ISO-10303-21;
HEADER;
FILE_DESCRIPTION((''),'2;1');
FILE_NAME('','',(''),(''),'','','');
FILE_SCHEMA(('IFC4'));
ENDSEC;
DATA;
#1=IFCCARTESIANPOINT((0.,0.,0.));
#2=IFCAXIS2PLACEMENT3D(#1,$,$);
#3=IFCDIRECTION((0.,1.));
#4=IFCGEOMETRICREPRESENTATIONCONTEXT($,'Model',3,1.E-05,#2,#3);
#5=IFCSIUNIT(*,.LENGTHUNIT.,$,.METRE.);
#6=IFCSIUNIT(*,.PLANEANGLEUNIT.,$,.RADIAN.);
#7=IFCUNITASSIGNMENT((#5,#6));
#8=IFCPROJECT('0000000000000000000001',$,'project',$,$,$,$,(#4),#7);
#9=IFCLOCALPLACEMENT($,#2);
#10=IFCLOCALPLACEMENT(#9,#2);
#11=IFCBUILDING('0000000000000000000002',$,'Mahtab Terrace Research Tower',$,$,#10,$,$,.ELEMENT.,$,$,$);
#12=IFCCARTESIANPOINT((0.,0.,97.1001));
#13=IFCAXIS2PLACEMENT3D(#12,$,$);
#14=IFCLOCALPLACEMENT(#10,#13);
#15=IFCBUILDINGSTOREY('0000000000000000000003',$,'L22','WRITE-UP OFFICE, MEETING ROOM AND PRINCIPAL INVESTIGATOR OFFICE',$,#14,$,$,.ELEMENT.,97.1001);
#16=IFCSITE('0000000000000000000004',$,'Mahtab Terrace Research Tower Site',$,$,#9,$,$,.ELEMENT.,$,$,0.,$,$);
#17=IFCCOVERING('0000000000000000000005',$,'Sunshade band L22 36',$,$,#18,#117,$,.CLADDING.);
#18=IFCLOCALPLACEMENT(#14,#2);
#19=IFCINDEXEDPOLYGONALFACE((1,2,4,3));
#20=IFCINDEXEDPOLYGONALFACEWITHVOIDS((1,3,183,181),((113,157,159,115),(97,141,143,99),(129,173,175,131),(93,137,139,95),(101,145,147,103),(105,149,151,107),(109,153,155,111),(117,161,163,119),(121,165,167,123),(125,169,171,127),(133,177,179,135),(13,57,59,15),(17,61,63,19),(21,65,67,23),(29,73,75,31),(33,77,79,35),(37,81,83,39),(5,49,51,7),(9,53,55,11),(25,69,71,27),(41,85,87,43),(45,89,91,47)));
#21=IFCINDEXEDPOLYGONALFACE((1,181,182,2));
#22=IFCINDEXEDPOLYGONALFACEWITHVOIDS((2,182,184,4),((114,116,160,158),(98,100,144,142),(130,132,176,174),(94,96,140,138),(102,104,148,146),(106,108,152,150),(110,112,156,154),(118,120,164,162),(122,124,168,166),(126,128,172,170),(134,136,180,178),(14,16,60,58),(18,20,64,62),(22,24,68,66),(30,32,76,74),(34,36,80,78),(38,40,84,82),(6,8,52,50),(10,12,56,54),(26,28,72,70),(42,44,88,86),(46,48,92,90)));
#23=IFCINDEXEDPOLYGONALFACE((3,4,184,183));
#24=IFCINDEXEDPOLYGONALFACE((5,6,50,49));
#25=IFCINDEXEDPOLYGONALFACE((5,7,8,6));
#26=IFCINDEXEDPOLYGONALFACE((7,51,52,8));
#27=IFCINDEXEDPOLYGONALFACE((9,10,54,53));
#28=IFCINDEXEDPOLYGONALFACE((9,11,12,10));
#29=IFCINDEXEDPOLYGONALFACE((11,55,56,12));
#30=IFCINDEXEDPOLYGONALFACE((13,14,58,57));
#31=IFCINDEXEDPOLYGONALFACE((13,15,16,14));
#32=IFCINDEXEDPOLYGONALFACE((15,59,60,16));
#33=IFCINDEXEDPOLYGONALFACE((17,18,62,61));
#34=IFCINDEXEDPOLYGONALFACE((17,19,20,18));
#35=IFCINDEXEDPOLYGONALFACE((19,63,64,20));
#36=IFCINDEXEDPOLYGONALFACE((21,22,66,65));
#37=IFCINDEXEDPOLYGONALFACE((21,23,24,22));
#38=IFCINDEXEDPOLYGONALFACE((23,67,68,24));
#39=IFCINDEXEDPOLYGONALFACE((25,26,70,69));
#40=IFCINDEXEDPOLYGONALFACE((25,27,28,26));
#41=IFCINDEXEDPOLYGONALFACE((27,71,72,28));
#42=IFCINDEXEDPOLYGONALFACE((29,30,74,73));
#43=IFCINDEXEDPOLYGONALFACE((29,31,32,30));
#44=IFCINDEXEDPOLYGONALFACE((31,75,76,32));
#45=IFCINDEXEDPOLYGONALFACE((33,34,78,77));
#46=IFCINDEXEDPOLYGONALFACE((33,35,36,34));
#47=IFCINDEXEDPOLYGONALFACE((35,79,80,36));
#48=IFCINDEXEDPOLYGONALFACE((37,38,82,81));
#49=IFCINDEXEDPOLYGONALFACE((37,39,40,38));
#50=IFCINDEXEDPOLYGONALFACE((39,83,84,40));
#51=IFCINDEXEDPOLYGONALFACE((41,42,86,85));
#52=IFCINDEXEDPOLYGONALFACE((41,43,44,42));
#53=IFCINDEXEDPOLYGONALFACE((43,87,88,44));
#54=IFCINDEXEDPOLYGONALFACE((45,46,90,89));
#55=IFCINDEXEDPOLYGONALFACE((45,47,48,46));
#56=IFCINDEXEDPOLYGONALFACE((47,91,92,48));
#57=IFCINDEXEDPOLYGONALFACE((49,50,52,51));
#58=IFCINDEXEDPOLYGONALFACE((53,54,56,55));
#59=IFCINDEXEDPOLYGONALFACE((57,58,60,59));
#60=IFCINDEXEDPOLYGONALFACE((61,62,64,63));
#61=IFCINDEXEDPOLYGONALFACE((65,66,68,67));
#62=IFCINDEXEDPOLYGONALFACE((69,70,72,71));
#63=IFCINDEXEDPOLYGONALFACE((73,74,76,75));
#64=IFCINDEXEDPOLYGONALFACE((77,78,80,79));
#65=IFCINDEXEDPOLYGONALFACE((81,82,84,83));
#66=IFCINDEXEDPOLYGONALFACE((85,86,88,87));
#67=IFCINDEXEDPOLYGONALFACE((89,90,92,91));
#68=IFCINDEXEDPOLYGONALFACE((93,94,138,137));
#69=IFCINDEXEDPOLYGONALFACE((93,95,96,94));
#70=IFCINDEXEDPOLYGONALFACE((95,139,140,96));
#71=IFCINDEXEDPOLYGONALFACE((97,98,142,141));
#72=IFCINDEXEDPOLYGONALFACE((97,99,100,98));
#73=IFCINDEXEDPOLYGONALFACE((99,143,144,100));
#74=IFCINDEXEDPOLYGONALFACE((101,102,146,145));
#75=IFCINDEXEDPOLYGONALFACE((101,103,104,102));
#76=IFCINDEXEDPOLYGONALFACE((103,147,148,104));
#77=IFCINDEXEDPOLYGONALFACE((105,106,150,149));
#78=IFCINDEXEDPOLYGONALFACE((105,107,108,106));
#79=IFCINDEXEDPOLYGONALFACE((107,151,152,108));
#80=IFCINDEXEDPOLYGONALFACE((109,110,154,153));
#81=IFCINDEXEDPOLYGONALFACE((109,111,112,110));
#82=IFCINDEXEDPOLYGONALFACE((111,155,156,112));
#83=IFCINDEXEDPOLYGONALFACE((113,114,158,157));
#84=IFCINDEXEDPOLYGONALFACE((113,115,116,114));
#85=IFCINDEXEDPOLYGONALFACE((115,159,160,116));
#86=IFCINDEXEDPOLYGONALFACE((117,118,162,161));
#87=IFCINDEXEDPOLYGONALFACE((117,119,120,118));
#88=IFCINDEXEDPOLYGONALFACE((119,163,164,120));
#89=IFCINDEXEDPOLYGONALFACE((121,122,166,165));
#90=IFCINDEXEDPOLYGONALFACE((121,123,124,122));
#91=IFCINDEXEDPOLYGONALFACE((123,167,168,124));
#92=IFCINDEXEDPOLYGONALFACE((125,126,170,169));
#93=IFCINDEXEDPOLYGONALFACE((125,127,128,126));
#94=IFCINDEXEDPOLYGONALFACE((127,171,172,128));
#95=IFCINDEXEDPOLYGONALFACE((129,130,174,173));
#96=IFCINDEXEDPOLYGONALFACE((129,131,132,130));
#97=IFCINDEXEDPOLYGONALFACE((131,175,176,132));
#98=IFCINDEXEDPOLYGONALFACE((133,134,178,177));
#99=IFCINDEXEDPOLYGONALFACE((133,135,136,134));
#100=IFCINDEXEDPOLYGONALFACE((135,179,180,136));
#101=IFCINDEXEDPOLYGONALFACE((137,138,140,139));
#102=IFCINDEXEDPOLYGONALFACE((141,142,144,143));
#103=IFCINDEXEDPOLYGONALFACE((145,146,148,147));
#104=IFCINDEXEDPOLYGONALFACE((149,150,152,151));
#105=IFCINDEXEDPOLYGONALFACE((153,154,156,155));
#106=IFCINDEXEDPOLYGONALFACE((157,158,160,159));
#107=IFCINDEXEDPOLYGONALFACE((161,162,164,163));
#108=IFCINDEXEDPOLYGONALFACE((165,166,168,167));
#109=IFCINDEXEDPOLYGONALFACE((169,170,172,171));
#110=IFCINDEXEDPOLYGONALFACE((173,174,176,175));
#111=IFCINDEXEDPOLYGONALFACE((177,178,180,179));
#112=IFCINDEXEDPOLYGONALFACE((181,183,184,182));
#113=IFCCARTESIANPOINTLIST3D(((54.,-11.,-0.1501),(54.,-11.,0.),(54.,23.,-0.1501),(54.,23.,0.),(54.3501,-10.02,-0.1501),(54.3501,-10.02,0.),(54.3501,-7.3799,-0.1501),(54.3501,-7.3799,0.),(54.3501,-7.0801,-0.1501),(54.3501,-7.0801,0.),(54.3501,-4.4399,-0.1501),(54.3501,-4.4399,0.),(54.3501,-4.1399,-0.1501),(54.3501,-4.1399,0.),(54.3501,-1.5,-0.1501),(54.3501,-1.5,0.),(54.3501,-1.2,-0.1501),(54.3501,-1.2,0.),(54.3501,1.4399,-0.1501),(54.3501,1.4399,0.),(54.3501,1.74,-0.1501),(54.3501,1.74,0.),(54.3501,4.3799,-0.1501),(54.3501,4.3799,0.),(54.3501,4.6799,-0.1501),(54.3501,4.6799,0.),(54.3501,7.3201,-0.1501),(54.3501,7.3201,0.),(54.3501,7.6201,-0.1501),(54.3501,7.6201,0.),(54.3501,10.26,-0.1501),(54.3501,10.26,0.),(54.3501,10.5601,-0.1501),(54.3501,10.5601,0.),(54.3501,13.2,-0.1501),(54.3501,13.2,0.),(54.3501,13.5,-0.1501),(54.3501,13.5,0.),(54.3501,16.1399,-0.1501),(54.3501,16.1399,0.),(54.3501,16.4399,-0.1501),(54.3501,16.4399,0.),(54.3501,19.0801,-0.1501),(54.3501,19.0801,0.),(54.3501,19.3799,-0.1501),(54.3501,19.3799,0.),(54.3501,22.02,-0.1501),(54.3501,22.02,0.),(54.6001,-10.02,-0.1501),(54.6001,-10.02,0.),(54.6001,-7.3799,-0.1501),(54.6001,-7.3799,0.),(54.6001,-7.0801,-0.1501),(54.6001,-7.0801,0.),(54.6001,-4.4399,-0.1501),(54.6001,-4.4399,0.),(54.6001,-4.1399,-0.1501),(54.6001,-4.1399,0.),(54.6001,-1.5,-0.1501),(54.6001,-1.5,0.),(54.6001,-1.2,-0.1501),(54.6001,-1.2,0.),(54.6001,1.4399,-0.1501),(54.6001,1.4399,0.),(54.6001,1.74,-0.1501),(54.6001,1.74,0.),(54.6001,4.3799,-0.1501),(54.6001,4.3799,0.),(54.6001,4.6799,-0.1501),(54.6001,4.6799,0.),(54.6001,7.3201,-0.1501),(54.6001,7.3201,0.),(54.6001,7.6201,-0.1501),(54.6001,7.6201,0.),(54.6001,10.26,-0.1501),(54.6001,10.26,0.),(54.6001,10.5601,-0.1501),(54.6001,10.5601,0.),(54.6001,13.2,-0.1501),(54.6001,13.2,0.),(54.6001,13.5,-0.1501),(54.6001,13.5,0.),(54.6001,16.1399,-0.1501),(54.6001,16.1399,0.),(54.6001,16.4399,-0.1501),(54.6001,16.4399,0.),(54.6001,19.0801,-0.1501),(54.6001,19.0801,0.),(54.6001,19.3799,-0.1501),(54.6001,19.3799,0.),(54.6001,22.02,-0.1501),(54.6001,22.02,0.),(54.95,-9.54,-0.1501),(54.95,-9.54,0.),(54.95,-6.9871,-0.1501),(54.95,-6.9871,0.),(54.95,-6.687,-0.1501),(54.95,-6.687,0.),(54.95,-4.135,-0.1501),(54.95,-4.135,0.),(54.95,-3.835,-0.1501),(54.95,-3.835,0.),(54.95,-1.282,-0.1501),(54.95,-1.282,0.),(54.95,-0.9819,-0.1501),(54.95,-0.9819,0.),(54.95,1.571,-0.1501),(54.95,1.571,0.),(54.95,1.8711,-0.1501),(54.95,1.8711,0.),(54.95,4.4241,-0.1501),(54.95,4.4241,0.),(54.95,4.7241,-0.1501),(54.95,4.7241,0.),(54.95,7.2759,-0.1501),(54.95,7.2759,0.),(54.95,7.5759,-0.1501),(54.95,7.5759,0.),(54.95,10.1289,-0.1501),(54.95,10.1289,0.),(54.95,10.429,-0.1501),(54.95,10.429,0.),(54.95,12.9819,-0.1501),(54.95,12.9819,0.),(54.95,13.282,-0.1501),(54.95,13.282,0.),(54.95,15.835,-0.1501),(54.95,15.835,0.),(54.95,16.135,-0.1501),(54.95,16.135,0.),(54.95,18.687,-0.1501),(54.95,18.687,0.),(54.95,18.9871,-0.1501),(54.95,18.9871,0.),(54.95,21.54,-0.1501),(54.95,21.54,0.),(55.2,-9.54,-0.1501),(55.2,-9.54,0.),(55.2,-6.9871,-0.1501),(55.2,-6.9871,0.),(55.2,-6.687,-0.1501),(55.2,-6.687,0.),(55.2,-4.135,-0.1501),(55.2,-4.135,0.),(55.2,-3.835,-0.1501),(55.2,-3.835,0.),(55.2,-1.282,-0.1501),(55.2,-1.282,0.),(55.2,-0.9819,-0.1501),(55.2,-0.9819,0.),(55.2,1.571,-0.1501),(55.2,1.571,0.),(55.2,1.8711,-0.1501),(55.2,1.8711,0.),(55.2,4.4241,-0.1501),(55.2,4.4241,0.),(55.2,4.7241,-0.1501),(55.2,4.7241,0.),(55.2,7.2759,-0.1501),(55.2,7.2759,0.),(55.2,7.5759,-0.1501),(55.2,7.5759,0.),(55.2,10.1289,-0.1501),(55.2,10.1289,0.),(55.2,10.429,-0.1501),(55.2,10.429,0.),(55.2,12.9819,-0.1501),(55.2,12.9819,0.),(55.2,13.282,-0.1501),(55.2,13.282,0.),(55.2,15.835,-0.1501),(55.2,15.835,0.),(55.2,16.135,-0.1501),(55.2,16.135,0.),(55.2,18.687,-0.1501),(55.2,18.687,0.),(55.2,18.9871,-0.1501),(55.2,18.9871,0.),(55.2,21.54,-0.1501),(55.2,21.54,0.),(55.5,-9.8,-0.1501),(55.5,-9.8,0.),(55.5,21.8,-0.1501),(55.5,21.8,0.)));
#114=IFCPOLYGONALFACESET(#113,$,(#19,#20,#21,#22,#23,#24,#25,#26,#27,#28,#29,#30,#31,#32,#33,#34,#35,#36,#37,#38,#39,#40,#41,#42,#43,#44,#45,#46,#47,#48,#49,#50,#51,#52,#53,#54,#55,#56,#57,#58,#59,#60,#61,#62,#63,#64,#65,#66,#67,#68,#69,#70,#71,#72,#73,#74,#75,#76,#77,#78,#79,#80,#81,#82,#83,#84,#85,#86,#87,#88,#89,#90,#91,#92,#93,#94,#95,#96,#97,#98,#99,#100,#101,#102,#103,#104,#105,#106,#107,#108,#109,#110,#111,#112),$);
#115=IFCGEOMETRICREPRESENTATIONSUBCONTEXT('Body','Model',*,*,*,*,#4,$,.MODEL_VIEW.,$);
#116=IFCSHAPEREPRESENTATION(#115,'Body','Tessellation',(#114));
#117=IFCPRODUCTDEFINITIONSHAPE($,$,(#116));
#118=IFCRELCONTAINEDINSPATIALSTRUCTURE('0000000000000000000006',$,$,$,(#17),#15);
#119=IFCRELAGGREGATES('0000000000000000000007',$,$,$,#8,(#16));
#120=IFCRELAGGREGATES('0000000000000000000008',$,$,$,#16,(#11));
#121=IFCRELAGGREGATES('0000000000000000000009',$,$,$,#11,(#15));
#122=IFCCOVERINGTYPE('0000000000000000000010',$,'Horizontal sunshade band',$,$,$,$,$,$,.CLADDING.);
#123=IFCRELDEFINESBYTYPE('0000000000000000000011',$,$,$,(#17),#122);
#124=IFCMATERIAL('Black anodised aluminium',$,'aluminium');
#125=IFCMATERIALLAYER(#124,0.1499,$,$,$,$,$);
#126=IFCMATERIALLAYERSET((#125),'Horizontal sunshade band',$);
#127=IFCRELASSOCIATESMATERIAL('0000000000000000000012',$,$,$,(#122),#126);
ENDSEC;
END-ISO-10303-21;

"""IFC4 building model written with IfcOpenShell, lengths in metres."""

from ifc_helpers import new_model, si_unit, direction, frame, origin, place, context, subcontext, project, spatial, polyline, outline, extrude, material, layer, layer_set, type_object, element, save


model = new_model("IFC4")

# Units and contexts
model_context = context("Model", 3, precision=1e-05, world=origin(), true_north=direction((0.0, 1.0)))
body_context = subcontext(model_context, "Body", "Model", "MODEL_VIEW")
ifc_project = project(units=[si_unit("LENGTHUNIT", "METRE"), si_unit("PLANEANGLEUNIT", "RADIAN")], contexts=[model_context])

# Site, building, storey
site_placement = place(None, origin())
site = spatial("IfcSite", under=ifc_project, at=site_placement, Name="Mahtab Terrace Research Tower Site", CompositionType="ELEMENT", RefElevation=0.0)
building_placement = place(site_placement, origin())
building = spatial("IfcBuilding", under=site, at=building_placement, Name="Mahtab Terrace Research Tower", CompositionType="ELEMENT")
storey_placement = place(building_placement, frame((0.0, 0.0, 97.1001)))
storey = spatial("IfcBuildingStorey", under=building, at=storey_placement, Name="L22", Description="WRITE-UP OFFICE, MEETING ROOM AND PRINCIPAL INVESTIGATOR OFFICE", CompositionType="ELEMENT", Elevation=97.1001)

# Covering
ifc_material_1 = material(Name="Black anodised aluminium", Category="aluminium")
ifc_layer_1 = layer(ifc_material_1, 0.1499)
ifc_layer_set_1 = layer_set([ifc_layer_1], Name="Horizontal sunshade band")
covering_type_1 = type_object("IfcCoveringType", Name="Horizontal sunshade band", PredefinedType="CLADDING", material=ifc_layer_set_1)
covering_1_placement = place(storey_placement, frame((0.0, 0.0, -0.1501)))
element("IfcCovering", 1, at=covering_1_placement, inside=storey, type_object=covering_type_1, Name="Sunshade band L22 36", PredefinedType="CLADDING", context=body_context, shape_type="SweptSolid", body=[
    extrude(outline(polyline([(54.0, -11.0), (54.0, 23.0), (55.5, 21.8), (55.5, -9.8), (54.0, -11.0)]), holes=[polyline([(54.3501, -10.02), (54.3501, -7.3799), (54.6001, -7.3799), (54.6001, -10.02), (54.3501, -10.02)]), polyline([(54.3501, -7.0801), (54.3501, -4.4399), (54.6001, -4.4399), (54.6001, -7.0801), (54.3501, -7.0801)]), polyline([(54.3501, -4.1399), (54.3501, -1.5), (54.6001, -1.5), (54.6001, -4.1399), (54.3501, -4.1399)]), polyline([(54.3501, -1.2), (54.3501, 1.4399), (54.6001, 1.4399), (54.6001, -1.2), (54.3501, -1.2)]), polyline([(54.3501, 1.74), (54.3501, 4.3799), (54.6001, 4.3799), (54.6001, 1.74), (54.3501, 1.74)]), polyline([(54.3501, 4.6799), (54.3501, 7.3201), (54.6001, 7.3201), (54.6001, 4.6799), (54.3501, 4.6799)]), polyline([(54.3501, 7.6201), (54.3501, 10.26), (54.6001, 10.26), (54.6001, 7.6201), (54.3501, 7.6201)]), polyline([(54.3501, 10.5601), (54.3501, 13.2), (54.6001, 13.2), (54.6001, 10.5601), (54.3501, 10.5601)]), polyline([(54.3501, 13.5), (54.3501, 16.1399), (54.6001, 16.1399), (54.6001, 13.5), (54.3501, 13.5)]), polyline([(54.3501, 16.4399), (54.3501, 19.0801), (54.6001, 19.0801), (54.6001, 16.4399), (54.3501, 16.4399)]), polyline([(54.3501, 19.3799), (54.3501, 22.02), (54.6001, 22.02), (54.6001, 19.3799), (54.3501, 19.3799)]), polyline([(54.95, -9.54), (54.95, -6.9871), (55.2, -6.9871), (55.2, -9.54), (54.95, -9.54)]), polyline([(54.95, -6.687), (54.95, -4.135), (55.2, -4.135), (55.2, -6.687), (54.95, -6.687)]), polyline([(54.95, -3.835), (54.95, -1.282), (55.2, -1.282), (55.2, -3.835), (54.95, -3.835)]), polyline([(54.95, -0.9819), (54.95, 1.571), (55.2, 1.571), (55.2, -0.9819), (54.95, -0.9819)]), polyline([(54.95, 1.8711), (54.95, 4.4241), (55.2, 4.4241), (55.2, 1.8711), (54.95, 1.8711)]), polyline([(54.95, 4.7241), (54.95, 7.2759), (55.2, 7.2759), (55.2, 4.7241), (54.95, 4.7241)]), polyline([(54.95, 7.5759), (54.95, 10.1289), (55.2, 10.1289), (55.2, 7.5759), (54.95, 7.5759)]), polyline([(54.95, 10.429), (54.95, 12.9819), (55.2, 12.9819), (55.2, 10.429), (54.95, 10.429)]), polyline([(54.95, 13.282), (54.95, 15.835), (55.2, 15.835), (55.2, 13.282), (54.95, 13.282)]), polyline([(54.95, 16.135), (54.95, 18.687), (55.2, 18.687), (55.2, 16.135), (54.95, 16.135)]), polyline([(54.95, 18.9871), (54.95, 21.54), (55.2, 21.54), (55.2, 18.9871), (54.95, 18.9871)])]), origin(), (0.0, 0.0, 1.0), 0.1501),
])

save(model, "model.ifc")
